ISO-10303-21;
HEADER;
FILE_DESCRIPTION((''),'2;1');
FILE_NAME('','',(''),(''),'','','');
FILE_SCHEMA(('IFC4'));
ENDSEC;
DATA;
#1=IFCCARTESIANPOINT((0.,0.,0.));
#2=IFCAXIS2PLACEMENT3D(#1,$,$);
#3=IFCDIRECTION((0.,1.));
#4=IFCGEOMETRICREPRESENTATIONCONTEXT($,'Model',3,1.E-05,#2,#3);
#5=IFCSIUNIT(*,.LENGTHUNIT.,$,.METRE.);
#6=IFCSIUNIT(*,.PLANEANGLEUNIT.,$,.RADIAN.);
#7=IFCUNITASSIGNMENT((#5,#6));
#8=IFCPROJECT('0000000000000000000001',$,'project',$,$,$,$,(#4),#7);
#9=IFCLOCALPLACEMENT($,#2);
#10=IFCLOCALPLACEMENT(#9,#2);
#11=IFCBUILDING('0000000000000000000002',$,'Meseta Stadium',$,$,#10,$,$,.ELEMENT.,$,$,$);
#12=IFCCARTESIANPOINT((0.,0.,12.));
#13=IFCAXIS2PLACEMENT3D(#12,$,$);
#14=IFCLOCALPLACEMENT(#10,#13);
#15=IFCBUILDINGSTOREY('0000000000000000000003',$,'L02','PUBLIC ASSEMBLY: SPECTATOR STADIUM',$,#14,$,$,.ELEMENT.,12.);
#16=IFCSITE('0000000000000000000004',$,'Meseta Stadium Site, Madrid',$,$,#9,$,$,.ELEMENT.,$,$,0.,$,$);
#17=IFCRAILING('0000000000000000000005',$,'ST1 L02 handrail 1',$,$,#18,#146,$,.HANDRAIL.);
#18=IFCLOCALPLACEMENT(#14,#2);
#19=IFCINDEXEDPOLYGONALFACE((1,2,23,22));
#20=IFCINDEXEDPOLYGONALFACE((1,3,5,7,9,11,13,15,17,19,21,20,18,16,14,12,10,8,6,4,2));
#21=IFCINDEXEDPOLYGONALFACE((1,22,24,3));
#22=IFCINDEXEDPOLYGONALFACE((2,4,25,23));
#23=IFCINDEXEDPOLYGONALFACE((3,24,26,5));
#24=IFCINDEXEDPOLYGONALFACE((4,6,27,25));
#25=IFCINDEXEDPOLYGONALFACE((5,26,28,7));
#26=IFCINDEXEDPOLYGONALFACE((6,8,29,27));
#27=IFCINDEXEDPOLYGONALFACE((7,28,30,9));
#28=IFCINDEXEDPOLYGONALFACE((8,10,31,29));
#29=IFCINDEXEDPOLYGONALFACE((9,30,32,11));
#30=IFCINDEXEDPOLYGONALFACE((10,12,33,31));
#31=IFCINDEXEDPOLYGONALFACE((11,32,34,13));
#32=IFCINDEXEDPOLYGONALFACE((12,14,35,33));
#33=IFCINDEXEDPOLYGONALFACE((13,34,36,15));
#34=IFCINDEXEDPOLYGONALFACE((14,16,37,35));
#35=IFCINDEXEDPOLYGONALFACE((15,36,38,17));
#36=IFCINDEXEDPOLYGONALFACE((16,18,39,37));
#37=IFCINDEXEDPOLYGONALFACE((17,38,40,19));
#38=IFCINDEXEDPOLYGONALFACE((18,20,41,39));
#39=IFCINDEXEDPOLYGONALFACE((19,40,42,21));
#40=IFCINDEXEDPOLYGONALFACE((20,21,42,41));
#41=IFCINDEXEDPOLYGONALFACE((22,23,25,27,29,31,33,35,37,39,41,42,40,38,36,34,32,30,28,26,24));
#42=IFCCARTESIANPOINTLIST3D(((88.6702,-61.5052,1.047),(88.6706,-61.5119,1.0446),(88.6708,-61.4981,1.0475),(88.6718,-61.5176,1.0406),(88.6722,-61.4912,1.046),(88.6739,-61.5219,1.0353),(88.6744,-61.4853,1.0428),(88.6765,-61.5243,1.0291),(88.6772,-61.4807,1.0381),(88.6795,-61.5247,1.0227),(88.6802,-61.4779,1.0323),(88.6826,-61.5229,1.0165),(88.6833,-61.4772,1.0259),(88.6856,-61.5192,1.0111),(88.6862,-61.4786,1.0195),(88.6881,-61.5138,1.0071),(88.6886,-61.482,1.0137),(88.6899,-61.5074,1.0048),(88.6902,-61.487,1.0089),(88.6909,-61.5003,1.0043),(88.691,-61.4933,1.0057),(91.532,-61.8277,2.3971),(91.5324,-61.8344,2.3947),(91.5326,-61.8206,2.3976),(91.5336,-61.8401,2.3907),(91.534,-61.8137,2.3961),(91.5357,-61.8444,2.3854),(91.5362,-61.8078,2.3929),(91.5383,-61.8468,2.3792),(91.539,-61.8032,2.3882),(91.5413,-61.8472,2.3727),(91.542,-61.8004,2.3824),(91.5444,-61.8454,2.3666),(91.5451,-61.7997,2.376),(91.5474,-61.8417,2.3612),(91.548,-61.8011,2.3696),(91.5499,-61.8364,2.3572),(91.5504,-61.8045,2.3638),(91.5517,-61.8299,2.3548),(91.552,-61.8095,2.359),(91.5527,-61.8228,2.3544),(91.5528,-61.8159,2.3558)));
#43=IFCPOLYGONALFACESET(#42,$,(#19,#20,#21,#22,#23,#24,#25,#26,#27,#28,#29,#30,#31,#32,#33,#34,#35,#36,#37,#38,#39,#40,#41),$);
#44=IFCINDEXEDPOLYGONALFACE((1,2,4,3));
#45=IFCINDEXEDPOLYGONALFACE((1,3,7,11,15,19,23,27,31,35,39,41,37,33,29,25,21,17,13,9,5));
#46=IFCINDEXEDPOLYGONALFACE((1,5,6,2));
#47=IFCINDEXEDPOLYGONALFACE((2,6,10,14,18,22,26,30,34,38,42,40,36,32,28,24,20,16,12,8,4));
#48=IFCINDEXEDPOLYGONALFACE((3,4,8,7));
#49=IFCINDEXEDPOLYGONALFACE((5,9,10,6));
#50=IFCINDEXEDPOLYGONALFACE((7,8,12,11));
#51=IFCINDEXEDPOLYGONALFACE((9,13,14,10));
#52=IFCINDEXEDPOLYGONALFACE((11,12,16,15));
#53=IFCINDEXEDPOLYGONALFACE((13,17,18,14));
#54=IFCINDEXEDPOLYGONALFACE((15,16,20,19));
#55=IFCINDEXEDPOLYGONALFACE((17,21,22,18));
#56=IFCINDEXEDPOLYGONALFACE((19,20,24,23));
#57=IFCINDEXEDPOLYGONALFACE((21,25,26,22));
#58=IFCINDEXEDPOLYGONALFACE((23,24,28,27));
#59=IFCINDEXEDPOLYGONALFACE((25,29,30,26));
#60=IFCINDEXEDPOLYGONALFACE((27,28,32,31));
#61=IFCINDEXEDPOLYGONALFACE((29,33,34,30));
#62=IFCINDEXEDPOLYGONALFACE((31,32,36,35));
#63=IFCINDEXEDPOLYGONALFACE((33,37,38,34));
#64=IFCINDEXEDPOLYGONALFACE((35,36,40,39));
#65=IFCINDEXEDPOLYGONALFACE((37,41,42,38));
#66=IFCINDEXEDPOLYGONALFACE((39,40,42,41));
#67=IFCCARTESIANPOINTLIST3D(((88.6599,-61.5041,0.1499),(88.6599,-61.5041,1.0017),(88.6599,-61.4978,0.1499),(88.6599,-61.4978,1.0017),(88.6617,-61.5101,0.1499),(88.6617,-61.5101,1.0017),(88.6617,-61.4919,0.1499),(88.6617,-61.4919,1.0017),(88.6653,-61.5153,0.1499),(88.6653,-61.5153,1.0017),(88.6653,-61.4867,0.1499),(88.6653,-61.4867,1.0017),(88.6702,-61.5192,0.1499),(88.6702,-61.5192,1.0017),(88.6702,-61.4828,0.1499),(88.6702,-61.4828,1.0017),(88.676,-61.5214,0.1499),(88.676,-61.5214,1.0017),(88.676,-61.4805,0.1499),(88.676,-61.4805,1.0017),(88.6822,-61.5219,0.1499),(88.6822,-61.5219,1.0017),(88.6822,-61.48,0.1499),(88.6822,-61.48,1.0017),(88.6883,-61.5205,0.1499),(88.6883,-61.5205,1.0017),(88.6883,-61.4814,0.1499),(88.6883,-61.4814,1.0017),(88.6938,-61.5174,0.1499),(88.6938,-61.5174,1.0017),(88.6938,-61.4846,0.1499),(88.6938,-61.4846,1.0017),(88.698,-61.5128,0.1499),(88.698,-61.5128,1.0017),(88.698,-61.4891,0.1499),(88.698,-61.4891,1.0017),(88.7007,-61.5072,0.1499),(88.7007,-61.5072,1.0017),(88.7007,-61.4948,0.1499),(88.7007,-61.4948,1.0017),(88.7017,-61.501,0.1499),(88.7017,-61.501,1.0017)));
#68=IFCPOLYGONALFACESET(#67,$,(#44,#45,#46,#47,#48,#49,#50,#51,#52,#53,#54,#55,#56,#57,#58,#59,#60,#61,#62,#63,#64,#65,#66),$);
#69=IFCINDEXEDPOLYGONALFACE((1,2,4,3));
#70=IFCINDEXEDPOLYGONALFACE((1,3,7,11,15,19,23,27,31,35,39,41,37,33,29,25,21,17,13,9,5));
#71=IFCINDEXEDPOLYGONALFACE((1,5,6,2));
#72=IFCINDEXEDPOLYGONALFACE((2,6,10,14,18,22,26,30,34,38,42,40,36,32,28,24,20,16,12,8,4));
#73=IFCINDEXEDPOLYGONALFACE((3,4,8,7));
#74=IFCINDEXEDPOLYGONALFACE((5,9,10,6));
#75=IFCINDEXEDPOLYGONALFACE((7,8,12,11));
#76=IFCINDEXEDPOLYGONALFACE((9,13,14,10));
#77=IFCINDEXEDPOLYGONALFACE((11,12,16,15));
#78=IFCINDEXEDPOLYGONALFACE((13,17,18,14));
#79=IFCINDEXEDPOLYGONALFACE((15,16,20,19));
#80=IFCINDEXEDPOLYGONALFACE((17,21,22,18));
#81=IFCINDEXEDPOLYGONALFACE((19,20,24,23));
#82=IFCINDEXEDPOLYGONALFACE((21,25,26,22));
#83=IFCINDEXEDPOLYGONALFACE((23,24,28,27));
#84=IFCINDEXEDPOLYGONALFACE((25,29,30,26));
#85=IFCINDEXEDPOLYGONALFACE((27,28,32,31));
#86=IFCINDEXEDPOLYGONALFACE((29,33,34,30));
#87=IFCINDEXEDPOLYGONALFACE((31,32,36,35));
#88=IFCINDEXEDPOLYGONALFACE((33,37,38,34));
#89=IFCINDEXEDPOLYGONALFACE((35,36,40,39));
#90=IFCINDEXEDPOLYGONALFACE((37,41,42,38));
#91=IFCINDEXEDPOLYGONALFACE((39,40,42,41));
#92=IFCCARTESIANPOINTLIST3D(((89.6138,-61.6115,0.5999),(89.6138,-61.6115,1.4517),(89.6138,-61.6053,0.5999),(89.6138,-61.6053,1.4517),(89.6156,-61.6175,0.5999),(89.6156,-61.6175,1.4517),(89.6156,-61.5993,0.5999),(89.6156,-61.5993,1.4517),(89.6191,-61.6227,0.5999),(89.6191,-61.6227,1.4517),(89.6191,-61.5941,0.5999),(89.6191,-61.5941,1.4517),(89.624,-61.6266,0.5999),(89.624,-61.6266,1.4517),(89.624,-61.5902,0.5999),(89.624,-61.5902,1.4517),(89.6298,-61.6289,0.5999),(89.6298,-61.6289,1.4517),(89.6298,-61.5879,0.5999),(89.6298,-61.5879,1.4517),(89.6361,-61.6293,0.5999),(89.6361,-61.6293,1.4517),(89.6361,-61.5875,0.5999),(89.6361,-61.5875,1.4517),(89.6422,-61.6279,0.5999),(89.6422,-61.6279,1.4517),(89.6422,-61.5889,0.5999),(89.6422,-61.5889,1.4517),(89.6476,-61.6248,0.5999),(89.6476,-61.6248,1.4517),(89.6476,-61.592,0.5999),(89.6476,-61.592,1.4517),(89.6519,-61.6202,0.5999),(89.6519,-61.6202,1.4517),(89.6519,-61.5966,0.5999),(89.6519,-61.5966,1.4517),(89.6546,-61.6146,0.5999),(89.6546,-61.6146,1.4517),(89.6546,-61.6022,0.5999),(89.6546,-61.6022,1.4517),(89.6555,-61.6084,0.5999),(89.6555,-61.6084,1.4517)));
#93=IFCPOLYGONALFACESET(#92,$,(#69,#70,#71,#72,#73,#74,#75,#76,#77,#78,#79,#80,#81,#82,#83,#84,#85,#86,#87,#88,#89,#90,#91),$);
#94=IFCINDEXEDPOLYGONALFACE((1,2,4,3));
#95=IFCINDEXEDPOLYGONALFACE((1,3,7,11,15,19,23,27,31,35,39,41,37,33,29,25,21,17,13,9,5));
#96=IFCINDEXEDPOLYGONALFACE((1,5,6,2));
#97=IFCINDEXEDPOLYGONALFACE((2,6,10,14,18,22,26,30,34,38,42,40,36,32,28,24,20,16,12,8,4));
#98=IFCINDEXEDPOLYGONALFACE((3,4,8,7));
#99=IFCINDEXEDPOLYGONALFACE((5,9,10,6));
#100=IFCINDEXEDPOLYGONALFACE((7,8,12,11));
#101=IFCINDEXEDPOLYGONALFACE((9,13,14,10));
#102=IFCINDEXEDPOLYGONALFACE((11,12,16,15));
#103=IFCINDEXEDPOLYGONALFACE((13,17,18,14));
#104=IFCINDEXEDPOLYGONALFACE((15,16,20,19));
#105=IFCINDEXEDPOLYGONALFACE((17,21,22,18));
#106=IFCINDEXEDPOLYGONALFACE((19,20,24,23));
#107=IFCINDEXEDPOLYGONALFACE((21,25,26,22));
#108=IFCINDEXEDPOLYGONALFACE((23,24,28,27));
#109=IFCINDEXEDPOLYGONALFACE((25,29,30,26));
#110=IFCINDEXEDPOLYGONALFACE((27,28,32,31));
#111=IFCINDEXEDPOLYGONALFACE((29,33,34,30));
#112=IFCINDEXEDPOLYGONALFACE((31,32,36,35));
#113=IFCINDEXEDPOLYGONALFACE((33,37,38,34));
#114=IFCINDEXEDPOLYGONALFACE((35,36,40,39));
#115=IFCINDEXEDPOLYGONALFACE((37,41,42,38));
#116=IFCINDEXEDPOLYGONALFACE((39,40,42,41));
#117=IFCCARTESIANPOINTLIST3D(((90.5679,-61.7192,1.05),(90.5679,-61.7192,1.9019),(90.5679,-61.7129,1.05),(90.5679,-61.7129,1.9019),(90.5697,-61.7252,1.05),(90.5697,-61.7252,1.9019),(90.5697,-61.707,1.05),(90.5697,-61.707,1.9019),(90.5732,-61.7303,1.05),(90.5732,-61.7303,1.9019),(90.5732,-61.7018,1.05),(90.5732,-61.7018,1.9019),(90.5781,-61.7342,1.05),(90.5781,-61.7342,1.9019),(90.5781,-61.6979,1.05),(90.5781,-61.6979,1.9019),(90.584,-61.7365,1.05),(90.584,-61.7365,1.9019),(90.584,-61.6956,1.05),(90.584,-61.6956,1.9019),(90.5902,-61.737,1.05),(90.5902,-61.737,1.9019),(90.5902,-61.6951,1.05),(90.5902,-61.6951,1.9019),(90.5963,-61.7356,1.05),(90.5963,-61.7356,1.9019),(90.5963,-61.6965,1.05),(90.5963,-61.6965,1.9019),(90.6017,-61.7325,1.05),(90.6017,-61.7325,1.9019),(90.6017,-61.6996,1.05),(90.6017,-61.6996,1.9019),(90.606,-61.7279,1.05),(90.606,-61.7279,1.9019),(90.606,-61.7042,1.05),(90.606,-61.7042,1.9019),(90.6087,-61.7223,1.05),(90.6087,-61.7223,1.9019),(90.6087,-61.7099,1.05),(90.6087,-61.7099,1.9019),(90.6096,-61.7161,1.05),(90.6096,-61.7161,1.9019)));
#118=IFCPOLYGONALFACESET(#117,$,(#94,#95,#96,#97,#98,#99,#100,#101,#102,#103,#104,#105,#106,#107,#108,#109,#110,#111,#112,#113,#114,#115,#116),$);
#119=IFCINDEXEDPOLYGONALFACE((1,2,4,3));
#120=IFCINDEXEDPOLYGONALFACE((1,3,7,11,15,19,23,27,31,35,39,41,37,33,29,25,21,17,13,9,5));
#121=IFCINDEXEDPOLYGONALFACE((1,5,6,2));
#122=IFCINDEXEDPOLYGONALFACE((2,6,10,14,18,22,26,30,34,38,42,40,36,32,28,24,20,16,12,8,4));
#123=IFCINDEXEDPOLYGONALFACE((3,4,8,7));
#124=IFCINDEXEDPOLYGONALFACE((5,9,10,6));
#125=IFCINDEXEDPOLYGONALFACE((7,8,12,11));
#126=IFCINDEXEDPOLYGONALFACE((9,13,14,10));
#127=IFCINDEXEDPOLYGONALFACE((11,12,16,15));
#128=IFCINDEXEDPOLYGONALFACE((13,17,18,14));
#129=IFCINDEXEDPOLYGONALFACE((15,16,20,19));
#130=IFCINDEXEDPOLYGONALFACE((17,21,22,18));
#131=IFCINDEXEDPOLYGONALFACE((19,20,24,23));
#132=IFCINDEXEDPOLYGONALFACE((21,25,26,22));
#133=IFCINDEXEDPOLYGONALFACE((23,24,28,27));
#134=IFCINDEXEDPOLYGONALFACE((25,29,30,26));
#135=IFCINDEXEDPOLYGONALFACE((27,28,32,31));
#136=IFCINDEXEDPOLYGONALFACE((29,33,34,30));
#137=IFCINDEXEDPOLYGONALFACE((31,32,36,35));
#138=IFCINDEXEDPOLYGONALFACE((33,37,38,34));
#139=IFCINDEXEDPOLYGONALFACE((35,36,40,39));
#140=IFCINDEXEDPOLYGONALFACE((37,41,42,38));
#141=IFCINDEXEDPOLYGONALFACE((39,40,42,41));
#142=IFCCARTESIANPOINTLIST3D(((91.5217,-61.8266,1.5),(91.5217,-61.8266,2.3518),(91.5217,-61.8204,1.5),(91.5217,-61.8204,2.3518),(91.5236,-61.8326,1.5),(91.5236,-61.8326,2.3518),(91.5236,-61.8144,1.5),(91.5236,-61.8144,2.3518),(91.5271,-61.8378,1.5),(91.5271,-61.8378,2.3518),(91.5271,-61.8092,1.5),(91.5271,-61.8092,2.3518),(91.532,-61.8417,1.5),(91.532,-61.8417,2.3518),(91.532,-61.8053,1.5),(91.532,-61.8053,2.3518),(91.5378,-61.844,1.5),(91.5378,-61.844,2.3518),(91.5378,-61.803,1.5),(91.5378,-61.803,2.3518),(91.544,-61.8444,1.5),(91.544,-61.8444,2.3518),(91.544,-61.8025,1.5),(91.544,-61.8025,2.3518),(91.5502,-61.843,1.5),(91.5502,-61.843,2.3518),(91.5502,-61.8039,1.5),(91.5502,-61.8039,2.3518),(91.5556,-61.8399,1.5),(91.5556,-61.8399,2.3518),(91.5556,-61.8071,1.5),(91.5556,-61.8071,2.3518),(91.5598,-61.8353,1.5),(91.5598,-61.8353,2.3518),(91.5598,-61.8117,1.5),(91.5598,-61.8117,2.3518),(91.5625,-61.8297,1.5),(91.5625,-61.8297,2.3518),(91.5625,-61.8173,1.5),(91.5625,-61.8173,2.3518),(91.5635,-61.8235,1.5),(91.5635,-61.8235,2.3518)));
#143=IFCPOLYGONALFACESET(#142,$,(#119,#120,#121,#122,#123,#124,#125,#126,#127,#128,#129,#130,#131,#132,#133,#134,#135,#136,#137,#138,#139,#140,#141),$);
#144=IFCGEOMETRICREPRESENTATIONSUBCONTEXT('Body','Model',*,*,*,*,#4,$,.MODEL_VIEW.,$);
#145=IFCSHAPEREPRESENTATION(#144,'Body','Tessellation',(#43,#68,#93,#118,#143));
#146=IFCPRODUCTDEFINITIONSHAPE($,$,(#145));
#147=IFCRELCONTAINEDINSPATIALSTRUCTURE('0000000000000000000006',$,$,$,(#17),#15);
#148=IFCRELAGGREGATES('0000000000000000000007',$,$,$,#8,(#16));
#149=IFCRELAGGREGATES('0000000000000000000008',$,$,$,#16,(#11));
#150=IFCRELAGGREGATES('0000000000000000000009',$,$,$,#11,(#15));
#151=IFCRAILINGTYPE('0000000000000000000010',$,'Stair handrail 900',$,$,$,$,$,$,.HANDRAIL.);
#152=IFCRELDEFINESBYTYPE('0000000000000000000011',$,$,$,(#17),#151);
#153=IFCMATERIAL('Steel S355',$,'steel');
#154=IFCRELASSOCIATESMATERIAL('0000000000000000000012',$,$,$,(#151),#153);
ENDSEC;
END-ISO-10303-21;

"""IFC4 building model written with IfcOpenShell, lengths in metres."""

from ifc_helpers import new_model, si_unit, direction, frame, origin, origin_2d, place, context, subcontext, project, spatial, circle, extrude, material, type_object, element, save


model = new_model("IFC4")

# Units and contexts
model_context = context("Model", 3, precision=1e-05, world=origin(), true_north=direction((0.0, 1.0)))
body_context = subcontext(model_context, "Body", "Model", "MODEL_VIEW")
ifc_project = project(units=[si_unit("LENGTHUNIT", "METRE"), si_unit("PLANEANGLEUNIT", "RADIAN")], contexts=[model_context])

# Site, building, storey
site_placement = place(None, origin())
site = spatial("IfcSite", under=ifc_project, at=site_placement, Name="Meseta Stadium Site, Madrid", CompositionType="ELEMENT", RefElevation=0.0)
building_placement = place(site_placement, origin())
building = spatial("IfcBuilding", under=site, at=building_placement, Name="Meseta Stadium", CompositionType="ELEMENT")
storey_placement = place(building_placement, frame((0.0, 0.0, 12.0)))
storey = spatial("IfcBuildingStorey", under=building, at=storey_placement, Name="L02", Description="PUBLIC ASSEMBLY: SPECTATOR STADIUM", CompositionType="ELEMENT", Elevation=12.0)

# Railing
ifc_material_1 = material(Name="Steel S355", Category="steel")
railing_type_1 = type_object("IfcRailingType", Name="Stair handrail 900", PredefinedType="HANDRAIL", material=ifc_material_1)
for number, where, name in (
    (1, (88.6807, -61.501, 0.1499), "ST1 L02 handrail 1"),
):
    element("IfcRailing", number, at=place(storey_placement, frame(where)), inside=storey, type_object=railing_type_1, Name=name, PredefinedType="HANDRAIL", context=body_context, shape_type="SweptSolid", body=[
        extrude(circle(Radius=0.0239, at=origin_2d()), frame((0.0, 0.0, 0.876), z_axis=(0.899748, -0.101396, 0.424467), x_axis=(0.111985, 0.99371, 0.0)), (0.0, 0.0, 1.0), 3.1807),
        extrude(circle(Radius=0.021, at=origin_2d()), origin(), (0.0, 0.0, 1.0), 0.8518),
        extrude(circle(Radius=0.021, at=origin_2d()), frame((0.9539, -0.1074, 0.45)), (0.0, 0.0, 1.0), 0.8518),
        extrude(circle(Radius=0.021, at=origin_2d()), frame((1.908, -0.2151, 0.9001)), (0.0, 0.0, 1.0), 0.8518),
        extrude(circle(Radius=0.021, at=origin_2d()), frame((2.8618, -0.3225, 1.3501)), (0.0, 0.0, 1.0), 0.8518),
    ])

save(model, "model.ifc")
